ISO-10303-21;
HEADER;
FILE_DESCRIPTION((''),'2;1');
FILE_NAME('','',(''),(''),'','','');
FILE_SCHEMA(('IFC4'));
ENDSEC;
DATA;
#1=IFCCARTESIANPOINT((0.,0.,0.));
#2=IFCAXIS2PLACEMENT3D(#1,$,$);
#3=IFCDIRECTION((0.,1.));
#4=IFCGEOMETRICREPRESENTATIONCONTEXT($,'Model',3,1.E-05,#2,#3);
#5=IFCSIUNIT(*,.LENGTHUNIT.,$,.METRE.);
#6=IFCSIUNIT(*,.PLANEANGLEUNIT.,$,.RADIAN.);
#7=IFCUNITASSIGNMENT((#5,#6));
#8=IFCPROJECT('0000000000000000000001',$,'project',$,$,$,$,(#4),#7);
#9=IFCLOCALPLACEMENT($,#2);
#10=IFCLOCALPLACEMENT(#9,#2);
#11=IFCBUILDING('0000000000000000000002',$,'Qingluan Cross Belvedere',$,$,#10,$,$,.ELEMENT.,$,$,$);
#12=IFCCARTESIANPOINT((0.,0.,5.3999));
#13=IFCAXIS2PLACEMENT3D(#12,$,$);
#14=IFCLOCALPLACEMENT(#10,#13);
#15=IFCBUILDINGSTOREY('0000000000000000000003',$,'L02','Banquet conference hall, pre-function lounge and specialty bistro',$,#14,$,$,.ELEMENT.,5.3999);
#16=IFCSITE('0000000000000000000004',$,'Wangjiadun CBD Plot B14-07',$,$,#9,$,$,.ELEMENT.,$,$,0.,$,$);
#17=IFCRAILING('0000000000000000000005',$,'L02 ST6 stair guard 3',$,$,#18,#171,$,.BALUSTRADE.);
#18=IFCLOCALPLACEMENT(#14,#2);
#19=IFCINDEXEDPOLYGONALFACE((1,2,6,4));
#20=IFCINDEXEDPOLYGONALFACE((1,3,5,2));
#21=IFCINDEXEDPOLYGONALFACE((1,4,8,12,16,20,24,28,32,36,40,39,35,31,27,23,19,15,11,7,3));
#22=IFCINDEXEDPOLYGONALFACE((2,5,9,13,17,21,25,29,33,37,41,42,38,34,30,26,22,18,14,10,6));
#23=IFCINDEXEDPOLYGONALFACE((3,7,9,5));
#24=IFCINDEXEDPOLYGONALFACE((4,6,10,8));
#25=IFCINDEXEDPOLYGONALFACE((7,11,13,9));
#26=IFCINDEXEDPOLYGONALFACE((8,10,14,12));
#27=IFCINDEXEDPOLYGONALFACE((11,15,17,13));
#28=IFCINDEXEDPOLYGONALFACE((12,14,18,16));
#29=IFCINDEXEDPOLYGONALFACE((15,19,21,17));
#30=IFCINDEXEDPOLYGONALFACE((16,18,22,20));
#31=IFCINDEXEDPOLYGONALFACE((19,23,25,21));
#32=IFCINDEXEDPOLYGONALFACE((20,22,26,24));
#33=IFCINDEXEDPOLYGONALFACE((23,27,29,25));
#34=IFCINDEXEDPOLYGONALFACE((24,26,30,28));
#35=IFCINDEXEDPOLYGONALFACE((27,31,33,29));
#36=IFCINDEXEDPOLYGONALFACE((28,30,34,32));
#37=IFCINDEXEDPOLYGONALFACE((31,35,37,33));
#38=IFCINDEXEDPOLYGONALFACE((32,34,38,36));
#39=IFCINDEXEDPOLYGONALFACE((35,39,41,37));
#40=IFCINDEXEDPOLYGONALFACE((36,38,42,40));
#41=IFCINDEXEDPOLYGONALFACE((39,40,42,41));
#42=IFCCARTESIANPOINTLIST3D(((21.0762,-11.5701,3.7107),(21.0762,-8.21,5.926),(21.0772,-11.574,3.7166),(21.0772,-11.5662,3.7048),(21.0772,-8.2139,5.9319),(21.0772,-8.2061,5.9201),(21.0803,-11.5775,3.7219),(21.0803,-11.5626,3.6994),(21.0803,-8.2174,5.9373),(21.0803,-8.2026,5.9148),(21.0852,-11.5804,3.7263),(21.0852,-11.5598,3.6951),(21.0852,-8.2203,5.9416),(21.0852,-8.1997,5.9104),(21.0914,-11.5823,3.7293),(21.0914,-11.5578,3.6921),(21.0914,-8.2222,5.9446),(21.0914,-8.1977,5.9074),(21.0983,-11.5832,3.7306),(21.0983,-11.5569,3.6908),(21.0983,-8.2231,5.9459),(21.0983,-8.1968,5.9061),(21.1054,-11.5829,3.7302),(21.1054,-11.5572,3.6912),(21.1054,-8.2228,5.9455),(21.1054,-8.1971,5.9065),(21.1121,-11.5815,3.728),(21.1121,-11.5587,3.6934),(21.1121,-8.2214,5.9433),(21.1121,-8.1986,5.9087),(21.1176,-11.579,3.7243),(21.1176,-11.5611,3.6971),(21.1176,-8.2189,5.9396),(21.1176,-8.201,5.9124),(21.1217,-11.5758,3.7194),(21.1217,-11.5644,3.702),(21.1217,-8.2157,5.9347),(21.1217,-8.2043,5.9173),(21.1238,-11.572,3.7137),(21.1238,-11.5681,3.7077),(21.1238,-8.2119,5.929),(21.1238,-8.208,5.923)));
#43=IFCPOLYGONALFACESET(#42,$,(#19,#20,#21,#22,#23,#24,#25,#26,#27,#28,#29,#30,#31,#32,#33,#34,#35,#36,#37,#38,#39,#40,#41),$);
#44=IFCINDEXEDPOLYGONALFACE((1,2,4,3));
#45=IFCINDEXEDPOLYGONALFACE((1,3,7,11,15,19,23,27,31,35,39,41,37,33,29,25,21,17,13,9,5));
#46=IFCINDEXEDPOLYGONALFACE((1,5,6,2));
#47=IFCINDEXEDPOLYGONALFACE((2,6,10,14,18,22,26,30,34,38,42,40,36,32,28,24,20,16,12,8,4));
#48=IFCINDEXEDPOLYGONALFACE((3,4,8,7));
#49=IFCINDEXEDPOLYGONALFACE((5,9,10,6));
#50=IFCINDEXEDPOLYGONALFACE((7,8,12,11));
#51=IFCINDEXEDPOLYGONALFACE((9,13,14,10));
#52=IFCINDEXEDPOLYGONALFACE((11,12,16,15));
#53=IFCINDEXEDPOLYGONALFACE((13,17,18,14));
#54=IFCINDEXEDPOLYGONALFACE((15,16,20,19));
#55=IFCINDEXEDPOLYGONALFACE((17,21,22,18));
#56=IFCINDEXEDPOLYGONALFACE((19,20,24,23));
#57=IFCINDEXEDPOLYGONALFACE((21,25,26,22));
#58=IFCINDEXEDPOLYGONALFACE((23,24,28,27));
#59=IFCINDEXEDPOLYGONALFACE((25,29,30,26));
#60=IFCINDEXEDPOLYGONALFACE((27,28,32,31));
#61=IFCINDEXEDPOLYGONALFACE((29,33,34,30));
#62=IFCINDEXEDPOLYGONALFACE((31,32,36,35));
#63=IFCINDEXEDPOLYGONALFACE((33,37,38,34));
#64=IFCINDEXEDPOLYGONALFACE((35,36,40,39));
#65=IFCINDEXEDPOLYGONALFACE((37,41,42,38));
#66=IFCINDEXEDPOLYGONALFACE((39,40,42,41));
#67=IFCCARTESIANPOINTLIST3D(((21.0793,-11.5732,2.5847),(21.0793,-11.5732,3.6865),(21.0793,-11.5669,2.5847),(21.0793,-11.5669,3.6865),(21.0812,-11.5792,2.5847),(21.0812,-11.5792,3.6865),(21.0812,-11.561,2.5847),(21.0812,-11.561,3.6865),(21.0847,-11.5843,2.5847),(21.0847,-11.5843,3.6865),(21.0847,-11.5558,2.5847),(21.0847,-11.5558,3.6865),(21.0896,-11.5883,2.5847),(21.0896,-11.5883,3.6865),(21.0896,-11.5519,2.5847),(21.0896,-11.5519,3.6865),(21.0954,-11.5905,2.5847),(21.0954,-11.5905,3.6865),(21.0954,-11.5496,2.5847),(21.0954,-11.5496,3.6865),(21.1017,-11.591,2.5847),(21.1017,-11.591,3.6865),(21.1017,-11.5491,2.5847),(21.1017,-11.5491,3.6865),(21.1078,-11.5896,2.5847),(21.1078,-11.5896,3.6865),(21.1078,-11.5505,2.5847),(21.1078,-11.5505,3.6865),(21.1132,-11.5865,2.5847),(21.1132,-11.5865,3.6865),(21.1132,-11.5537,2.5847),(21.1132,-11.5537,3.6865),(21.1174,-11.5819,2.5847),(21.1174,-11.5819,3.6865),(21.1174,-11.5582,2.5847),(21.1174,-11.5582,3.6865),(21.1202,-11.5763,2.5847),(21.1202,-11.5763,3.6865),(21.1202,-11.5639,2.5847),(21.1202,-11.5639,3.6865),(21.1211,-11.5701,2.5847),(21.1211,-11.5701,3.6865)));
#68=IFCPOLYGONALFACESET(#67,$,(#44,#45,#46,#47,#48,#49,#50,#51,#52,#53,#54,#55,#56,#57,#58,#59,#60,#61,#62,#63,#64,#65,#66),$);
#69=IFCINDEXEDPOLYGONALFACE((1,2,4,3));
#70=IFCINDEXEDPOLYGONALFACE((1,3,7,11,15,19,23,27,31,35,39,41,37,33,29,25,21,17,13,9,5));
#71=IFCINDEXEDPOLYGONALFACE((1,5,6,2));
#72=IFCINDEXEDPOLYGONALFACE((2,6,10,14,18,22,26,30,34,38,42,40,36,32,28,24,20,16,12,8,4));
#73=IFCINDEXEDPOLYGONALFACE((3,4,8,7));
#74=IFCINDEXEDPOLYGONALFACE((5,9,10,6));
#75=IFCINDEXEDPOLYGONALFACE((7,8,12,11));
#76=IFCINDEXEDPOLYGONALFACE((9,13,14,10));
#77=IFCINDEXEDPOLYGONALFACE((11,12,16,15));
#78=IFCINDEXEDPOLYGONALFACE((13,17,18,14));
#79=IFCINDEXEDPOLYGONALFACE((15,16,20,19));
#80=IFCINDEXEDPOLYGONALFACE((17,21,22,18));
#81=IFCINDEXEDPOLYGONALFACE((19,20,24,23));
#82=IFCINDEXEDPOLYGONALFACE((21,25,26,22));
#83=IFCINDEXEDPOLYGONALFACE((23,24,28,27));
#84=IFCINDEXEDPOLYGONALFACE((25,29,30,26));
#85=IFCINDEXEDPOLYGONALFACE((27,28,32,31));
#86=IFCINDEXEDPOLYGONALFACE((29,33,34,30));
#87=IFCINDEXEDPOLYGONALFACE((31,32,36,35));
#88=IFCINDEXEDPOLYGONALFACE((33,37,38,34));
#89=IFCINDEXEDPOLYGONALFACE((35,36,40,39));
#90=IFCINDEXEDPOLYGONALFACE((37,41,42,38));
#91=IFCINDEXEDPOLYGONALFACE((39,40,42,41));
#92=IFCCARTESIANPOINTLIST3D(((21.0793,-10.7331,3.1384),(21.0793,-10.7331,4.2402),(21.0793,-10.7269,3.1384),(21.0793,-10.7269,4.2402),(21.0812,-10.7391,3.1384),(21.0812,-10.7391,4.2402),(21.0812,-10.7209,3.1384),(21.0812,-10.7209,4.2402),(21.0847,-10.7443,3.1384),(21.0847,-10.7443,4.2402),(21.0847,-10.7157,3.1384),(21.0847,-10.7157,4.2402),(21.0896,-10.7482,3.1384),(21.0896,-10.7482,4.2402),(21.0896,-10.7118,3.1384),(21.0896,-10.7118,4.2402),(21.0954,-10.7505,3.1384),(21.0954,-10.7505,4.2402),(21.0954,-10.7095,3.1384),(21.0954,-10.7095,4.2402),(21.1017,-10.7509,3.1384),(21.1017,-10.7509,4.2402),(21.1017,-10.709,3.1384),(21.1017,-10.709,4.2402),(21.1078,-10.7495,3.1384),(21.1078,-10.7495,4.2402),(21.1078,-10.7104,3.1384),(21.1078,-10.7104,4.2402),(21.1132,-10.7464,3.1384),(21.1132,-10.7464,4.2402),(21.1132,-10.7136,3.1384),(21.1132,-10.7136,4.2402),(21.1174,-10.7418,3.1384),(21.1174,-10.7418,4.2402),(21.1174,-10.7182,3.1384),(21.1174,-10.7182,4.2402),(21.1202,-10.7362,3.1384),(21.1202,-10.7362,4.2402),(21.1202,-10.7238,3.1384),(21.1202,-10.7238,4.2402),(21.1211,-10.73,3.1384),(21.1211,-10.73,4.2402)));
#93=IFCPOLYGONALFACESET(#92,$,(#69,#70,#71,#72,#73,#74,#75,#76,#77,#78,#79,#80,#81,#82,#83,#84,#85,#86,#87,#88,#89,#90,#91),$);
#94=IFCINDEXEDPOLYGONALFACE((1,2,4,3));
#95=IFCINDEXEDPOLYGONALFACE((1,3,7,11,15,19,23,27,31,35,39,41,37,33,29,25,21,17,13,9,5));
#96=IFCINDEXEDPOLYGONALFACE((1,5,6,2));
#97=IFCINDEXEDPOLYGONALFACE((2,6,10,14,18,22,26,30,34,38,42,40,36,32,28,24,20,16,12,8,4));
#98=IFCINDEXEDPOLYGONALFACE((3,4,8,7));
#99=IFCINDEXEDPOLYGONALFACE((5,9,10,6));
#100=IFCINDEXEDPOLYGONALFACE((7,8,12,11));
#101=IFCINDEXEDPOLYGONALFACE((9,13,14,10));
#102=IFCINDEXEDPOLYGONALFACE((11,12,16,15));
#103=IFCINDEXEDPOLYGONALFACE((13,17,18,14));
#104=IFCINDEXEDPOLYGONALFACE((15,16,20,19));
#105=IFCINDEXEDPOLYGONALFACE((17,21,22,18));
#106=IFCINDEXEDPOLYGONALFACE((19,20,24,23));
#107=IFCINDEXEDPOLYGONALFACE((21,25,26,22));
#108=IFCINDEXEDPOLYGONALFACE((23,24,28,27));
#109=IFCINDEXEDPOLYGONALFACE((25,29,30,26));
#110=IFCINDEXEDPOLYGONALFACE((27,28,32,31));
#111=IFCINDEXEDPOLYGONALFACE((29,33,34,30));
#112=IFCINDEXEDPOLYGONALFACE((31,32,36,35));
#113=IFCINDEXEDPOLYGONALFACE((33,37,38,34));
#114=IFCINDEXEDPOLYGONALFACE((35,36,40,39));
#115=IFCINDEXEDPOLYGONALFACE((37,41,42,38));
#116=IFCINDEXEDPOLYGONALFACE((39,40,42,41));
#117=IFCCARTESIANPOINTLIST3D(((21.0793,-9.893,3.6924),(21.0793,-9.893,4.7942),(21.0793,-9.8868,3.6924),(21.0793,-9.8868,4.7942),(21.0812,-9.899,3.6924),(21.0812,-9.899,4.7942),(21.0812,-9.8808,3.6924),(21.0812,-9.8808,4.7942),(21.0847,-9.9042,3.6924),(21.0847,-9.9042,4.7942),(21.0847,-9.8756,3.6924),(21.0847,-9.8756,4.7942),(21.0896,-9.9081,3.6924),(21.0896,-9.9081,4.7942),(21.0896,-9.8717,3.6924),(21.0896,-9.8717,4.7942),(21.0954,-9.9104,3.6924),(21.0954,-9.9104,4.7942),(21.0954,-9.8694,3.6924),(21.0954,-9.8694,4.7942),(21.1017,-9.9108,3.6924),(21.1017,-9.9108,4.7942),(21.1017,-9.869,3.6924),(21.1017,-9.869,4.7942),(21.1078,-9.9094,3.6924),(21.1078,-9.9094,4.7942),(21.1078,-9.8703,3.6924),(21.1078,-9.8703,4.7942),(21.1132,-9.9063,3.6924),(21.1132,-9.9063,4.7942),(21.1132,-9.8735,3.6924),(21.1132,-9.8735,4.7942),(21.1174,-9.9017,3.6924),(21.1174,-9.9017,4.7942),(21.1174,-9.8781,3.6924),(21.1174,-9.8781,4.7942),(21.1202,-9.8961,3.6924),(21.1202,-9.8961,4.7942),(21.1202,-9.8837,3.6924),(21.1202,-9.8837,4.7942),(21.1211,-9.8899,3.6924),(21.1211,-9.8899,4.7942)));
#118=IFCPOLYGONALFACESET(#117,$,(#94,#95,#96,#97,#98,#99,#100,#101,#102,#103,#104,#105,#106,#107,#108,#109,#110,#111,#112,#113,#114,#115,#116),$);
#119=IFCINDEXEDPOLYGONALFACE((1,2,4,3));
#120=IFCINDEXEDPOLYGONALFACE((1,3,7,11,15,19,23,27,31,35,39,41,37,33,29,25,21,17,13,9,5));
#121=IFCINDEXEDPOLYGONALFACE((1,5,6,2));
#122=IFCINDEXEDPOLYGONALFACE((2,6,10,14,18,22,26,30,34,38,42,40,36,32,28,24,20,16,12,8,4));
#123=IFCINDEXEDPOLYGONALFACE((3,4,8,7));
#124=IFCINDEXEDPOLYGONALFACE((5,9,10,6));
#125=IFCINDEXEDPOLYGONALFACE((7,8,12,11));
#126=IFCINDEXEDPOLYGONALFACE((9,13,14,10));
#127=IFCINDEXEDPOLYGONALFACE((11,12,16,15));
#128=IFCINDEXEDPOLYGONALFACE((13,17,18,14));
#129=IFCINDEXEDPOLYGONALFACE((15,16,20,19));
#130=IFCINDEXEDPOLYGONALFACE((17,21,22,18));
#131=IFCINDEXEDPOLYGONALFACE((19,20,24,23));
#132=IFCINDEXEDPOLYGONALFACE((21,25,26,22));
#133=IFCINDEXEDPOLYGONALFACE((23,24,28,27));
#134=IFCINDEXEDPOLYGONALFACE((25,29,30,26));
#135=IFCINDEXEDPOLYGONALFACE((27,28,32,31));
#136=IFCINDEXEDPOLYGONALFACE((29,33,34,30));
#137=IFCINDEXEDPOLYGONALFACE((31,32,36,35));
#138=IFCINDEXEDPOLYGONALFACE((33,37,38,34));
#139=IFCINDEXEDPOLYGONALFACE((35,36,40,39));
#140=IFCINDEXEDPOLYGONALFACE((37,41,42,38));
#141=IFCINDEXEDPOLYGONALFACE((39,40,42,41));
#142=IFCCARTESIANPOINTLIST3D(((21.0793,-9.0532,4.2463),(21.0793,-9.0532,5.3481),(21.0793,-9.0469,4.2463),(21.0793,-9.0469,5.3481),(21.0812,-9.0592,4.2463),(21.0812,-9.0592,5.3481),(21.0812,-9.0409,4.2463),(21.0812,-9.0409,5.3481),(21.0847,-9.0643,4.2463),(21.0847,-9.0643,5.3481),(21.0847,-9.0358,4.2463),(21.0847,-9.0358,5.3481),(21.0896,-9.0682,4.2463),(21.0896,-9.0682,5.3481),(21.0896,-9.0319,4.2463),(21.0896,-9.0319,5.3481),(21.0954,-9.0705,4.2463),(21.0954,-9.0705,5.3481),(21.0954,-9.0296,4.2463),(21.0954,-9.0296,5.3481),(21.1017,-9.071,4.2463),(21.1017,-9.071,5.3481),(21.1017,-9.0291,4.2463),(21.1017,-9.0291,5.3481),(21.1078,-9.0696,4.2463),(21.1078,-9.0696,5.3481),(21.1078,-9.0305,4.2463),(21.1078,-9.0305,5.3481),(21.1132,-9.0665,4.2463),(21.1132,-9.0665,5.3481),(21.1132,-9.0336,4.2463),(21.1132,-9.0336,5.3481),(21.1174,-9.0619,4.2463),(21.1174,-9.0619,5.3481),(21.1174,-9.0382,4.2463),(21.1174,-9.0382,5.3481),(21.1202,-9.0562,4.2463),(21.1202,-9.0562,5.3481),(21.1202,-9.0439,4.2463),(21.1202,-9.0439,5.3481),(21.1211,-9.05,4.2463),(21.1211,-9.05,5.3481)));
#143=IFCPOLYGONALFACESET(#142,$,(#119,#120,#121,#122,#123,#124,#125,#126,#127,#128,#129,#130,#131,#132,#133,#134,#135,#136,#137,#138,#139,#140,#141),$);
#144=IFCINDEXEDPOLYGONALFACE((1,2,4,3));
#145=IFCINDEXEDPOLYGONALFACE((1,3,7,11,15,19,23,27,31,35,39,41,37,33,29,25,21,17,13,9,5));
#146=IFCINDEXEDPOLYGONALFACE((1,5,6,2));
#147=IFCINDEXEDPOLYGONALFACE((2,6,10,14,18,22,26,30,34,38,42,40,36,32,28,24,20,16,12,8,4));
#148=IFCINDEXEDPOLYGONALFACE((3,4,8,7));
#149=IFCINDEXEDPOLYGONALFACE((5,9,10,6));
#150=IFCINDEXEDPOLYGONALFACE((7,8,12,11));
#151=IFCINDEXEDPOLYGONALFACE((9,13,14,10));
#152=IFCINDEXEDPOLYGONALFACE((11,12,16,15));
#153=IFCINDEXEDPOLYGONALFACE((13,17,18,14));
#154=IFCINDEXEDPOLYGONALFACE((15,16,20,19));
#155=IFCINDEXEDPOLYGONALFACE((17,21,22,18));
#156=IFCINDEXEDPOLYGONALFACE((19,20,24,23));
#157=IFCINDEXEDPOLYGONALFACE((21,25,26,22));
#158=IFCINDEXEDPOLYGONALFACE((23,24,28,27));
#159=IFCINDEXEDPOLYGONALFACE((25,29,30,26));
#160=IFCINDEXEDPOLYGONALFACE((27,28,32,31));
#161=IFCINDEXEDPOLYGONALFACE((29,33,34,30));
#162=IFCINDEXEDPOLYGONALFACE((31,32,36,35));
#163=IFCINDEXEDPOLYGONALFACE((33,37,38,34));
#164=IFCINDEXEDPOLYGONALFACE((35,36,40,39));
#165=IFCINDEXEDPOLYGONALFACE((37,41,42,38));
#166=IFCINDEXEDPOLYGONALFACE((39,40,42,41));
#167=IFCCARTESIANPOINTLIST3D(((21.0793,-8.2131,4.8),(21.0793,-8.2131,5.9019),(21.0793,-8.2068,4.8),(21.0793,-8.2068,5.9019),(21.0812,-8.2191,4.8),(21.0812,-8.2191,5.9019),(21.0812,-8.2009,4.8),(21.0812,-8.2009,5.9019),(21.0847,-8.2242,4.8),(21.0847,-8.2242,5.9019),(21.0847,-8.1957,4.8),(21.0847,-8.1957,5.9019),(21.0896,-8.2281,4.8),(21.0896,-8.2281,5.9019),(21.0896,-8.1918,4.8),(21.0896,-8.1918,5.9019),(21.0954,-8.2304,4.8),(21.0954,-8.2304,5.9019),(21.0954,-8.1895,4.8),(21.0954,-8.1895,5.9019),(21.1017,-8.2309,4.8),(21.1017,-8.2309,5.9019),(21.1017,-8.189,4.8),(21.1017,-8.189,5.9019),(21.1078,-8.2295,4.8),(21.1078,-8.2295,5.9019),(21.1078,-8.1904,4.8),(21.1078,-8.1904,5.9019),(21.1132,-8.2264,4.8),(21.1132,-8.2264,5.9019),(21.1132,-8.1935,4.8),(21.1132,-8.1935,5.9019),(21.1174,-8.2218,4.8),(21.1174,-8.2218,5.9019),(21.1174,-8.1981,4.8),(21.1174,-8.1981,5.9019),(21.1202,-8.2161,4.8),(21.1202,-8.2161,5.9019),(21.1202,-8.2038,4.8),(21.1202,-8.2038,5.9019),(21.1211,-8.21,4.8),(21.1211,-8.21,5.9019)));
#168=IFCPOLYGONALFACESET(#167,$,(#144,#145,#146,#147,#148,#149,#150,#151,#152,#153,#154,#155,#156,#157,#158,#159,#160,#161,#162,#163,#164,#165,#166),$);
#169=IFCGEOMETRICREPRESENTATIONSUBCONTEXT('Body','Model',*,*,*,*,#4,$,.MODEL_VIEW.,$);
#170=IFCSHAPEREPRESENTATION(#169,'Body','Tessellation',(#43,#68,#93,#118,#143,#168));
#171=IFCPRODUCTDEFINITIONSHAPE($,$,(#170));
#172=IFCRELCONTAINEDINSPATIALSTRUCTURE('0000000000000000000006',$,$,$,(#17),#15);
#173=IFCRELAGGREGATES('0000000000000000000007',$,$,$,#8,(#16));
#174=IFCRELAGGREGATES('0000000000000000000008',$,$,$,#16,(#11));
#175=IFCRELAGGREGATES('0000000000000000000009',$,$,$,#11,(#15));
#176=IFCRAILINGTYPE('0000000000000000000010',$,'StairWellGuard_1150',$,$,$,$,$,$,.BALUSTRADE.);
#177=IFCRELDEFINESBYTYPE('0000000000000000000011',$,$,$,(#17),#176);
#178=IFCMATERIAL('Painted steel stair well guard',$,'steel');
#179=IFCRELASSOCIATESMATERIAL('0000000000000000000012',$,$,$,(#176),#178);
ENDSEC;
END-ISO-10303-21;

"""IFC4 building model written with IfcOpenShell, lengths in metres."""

from ifc_helpers import new_model, si_unit, direction, frame, origin, origin_2d, place, context, subcontext, project, spatial, circle, extrude, material, type_object, element, save


model = new_model("IFC4")

# Units and contexts
model_context = context("Model", 3, precision=1e-05, world=origin(), true_north=direction((0.0, 1.0)))
body_context = subcontext(model_context, "Body", "Model", "MODEL_VIEW")
ifc_project = project(units=[si_unit("LENGTHUNIT", "METRE"), si_unit("PLANEANGLEUNIT", "RADIAN")], contexts=[model_context])

# Site, building, storey
site_placement = place(None, origin())
site = spatial("IfcSite", under=ifc_project, at=site_placement, Name="Wangjiadun CBD Plot B14-07", CompositionType="ELEMENT", RefElevation=0.0)
building_placement = place(site_placement, origin())
building = spatial("IfcBuilding", under=site, at=building_placement, Name="Qingluan Cross Belvedere", CompositionType="ELEMENT")
storey_placement = place(building_placement, frame((0.0, 0.0, 5.3999)))
storey = spatial("IfcBuildingStorey", under=building, at=storey_placement, Name="L02", Description="Banquet conference hall, pre-function lounge and specialty bistro", CompositionType="ELEMENT", Elevation=5.3999)

# Railing
ifc_material_1 = material(Name="Painted steel stair well guard", Category="steel")
railing_type_1 = type_object("IfcRailingType", Name="StairWellGuard_1150", PredefinedType="BALUSTRADE", material=ifc_material_1)
railing_1_placement = place(storey_placement, frame((21.1001, -11.5701, 2.5847)))
element("IfcRailing", 1, at=railing_1_placement, inside=storey, type_object=railing_type_1, Name="L02 ST6 stair guard 3", PredefinedType="BALUSTRADE", context=body_context, shape_type="SweptSolid", body=[
    extrude(circle(Radius=0.0239, at=origin_2d()), frame((0.0, 0.0, 1.126), z_axis=(0.0, 0.834876, 0.550437), x_axis=(-1.0, 0.0, 0.0)), (0.0, 0.0, 1.0), 4.0247),
    extrude(circle(Radius=0.021, at=origin_2d()), origin(), (0.0, 0.0, 1.0), 1.1018),
    extrude(circle(Radius=0.021, at=origin_2d()), frame((0.0, 0.8401, 0.5537)), (0.0, 0.0, 1.0), 1.1018),
    extrude(circle(Radius=0.021, at=origin_2d()), frame((0.0, 1.6802, 1.1077)), (0.0, 0.0, 1.0), 1.1018),
    extrude(circle(Radius=0.021, at=origin_2d()), frame((0.0, 2.52, 1.6616)), (0.0, 0.0, 1.0), 1.1018),
    extrude(circle(Radius=0.021, at=origin_2d()), frame((0.0, 3.3601, 2.2153)), (0.0, 0.0, 1.0), 1.1018),
])

save(model, "model.ifc")
